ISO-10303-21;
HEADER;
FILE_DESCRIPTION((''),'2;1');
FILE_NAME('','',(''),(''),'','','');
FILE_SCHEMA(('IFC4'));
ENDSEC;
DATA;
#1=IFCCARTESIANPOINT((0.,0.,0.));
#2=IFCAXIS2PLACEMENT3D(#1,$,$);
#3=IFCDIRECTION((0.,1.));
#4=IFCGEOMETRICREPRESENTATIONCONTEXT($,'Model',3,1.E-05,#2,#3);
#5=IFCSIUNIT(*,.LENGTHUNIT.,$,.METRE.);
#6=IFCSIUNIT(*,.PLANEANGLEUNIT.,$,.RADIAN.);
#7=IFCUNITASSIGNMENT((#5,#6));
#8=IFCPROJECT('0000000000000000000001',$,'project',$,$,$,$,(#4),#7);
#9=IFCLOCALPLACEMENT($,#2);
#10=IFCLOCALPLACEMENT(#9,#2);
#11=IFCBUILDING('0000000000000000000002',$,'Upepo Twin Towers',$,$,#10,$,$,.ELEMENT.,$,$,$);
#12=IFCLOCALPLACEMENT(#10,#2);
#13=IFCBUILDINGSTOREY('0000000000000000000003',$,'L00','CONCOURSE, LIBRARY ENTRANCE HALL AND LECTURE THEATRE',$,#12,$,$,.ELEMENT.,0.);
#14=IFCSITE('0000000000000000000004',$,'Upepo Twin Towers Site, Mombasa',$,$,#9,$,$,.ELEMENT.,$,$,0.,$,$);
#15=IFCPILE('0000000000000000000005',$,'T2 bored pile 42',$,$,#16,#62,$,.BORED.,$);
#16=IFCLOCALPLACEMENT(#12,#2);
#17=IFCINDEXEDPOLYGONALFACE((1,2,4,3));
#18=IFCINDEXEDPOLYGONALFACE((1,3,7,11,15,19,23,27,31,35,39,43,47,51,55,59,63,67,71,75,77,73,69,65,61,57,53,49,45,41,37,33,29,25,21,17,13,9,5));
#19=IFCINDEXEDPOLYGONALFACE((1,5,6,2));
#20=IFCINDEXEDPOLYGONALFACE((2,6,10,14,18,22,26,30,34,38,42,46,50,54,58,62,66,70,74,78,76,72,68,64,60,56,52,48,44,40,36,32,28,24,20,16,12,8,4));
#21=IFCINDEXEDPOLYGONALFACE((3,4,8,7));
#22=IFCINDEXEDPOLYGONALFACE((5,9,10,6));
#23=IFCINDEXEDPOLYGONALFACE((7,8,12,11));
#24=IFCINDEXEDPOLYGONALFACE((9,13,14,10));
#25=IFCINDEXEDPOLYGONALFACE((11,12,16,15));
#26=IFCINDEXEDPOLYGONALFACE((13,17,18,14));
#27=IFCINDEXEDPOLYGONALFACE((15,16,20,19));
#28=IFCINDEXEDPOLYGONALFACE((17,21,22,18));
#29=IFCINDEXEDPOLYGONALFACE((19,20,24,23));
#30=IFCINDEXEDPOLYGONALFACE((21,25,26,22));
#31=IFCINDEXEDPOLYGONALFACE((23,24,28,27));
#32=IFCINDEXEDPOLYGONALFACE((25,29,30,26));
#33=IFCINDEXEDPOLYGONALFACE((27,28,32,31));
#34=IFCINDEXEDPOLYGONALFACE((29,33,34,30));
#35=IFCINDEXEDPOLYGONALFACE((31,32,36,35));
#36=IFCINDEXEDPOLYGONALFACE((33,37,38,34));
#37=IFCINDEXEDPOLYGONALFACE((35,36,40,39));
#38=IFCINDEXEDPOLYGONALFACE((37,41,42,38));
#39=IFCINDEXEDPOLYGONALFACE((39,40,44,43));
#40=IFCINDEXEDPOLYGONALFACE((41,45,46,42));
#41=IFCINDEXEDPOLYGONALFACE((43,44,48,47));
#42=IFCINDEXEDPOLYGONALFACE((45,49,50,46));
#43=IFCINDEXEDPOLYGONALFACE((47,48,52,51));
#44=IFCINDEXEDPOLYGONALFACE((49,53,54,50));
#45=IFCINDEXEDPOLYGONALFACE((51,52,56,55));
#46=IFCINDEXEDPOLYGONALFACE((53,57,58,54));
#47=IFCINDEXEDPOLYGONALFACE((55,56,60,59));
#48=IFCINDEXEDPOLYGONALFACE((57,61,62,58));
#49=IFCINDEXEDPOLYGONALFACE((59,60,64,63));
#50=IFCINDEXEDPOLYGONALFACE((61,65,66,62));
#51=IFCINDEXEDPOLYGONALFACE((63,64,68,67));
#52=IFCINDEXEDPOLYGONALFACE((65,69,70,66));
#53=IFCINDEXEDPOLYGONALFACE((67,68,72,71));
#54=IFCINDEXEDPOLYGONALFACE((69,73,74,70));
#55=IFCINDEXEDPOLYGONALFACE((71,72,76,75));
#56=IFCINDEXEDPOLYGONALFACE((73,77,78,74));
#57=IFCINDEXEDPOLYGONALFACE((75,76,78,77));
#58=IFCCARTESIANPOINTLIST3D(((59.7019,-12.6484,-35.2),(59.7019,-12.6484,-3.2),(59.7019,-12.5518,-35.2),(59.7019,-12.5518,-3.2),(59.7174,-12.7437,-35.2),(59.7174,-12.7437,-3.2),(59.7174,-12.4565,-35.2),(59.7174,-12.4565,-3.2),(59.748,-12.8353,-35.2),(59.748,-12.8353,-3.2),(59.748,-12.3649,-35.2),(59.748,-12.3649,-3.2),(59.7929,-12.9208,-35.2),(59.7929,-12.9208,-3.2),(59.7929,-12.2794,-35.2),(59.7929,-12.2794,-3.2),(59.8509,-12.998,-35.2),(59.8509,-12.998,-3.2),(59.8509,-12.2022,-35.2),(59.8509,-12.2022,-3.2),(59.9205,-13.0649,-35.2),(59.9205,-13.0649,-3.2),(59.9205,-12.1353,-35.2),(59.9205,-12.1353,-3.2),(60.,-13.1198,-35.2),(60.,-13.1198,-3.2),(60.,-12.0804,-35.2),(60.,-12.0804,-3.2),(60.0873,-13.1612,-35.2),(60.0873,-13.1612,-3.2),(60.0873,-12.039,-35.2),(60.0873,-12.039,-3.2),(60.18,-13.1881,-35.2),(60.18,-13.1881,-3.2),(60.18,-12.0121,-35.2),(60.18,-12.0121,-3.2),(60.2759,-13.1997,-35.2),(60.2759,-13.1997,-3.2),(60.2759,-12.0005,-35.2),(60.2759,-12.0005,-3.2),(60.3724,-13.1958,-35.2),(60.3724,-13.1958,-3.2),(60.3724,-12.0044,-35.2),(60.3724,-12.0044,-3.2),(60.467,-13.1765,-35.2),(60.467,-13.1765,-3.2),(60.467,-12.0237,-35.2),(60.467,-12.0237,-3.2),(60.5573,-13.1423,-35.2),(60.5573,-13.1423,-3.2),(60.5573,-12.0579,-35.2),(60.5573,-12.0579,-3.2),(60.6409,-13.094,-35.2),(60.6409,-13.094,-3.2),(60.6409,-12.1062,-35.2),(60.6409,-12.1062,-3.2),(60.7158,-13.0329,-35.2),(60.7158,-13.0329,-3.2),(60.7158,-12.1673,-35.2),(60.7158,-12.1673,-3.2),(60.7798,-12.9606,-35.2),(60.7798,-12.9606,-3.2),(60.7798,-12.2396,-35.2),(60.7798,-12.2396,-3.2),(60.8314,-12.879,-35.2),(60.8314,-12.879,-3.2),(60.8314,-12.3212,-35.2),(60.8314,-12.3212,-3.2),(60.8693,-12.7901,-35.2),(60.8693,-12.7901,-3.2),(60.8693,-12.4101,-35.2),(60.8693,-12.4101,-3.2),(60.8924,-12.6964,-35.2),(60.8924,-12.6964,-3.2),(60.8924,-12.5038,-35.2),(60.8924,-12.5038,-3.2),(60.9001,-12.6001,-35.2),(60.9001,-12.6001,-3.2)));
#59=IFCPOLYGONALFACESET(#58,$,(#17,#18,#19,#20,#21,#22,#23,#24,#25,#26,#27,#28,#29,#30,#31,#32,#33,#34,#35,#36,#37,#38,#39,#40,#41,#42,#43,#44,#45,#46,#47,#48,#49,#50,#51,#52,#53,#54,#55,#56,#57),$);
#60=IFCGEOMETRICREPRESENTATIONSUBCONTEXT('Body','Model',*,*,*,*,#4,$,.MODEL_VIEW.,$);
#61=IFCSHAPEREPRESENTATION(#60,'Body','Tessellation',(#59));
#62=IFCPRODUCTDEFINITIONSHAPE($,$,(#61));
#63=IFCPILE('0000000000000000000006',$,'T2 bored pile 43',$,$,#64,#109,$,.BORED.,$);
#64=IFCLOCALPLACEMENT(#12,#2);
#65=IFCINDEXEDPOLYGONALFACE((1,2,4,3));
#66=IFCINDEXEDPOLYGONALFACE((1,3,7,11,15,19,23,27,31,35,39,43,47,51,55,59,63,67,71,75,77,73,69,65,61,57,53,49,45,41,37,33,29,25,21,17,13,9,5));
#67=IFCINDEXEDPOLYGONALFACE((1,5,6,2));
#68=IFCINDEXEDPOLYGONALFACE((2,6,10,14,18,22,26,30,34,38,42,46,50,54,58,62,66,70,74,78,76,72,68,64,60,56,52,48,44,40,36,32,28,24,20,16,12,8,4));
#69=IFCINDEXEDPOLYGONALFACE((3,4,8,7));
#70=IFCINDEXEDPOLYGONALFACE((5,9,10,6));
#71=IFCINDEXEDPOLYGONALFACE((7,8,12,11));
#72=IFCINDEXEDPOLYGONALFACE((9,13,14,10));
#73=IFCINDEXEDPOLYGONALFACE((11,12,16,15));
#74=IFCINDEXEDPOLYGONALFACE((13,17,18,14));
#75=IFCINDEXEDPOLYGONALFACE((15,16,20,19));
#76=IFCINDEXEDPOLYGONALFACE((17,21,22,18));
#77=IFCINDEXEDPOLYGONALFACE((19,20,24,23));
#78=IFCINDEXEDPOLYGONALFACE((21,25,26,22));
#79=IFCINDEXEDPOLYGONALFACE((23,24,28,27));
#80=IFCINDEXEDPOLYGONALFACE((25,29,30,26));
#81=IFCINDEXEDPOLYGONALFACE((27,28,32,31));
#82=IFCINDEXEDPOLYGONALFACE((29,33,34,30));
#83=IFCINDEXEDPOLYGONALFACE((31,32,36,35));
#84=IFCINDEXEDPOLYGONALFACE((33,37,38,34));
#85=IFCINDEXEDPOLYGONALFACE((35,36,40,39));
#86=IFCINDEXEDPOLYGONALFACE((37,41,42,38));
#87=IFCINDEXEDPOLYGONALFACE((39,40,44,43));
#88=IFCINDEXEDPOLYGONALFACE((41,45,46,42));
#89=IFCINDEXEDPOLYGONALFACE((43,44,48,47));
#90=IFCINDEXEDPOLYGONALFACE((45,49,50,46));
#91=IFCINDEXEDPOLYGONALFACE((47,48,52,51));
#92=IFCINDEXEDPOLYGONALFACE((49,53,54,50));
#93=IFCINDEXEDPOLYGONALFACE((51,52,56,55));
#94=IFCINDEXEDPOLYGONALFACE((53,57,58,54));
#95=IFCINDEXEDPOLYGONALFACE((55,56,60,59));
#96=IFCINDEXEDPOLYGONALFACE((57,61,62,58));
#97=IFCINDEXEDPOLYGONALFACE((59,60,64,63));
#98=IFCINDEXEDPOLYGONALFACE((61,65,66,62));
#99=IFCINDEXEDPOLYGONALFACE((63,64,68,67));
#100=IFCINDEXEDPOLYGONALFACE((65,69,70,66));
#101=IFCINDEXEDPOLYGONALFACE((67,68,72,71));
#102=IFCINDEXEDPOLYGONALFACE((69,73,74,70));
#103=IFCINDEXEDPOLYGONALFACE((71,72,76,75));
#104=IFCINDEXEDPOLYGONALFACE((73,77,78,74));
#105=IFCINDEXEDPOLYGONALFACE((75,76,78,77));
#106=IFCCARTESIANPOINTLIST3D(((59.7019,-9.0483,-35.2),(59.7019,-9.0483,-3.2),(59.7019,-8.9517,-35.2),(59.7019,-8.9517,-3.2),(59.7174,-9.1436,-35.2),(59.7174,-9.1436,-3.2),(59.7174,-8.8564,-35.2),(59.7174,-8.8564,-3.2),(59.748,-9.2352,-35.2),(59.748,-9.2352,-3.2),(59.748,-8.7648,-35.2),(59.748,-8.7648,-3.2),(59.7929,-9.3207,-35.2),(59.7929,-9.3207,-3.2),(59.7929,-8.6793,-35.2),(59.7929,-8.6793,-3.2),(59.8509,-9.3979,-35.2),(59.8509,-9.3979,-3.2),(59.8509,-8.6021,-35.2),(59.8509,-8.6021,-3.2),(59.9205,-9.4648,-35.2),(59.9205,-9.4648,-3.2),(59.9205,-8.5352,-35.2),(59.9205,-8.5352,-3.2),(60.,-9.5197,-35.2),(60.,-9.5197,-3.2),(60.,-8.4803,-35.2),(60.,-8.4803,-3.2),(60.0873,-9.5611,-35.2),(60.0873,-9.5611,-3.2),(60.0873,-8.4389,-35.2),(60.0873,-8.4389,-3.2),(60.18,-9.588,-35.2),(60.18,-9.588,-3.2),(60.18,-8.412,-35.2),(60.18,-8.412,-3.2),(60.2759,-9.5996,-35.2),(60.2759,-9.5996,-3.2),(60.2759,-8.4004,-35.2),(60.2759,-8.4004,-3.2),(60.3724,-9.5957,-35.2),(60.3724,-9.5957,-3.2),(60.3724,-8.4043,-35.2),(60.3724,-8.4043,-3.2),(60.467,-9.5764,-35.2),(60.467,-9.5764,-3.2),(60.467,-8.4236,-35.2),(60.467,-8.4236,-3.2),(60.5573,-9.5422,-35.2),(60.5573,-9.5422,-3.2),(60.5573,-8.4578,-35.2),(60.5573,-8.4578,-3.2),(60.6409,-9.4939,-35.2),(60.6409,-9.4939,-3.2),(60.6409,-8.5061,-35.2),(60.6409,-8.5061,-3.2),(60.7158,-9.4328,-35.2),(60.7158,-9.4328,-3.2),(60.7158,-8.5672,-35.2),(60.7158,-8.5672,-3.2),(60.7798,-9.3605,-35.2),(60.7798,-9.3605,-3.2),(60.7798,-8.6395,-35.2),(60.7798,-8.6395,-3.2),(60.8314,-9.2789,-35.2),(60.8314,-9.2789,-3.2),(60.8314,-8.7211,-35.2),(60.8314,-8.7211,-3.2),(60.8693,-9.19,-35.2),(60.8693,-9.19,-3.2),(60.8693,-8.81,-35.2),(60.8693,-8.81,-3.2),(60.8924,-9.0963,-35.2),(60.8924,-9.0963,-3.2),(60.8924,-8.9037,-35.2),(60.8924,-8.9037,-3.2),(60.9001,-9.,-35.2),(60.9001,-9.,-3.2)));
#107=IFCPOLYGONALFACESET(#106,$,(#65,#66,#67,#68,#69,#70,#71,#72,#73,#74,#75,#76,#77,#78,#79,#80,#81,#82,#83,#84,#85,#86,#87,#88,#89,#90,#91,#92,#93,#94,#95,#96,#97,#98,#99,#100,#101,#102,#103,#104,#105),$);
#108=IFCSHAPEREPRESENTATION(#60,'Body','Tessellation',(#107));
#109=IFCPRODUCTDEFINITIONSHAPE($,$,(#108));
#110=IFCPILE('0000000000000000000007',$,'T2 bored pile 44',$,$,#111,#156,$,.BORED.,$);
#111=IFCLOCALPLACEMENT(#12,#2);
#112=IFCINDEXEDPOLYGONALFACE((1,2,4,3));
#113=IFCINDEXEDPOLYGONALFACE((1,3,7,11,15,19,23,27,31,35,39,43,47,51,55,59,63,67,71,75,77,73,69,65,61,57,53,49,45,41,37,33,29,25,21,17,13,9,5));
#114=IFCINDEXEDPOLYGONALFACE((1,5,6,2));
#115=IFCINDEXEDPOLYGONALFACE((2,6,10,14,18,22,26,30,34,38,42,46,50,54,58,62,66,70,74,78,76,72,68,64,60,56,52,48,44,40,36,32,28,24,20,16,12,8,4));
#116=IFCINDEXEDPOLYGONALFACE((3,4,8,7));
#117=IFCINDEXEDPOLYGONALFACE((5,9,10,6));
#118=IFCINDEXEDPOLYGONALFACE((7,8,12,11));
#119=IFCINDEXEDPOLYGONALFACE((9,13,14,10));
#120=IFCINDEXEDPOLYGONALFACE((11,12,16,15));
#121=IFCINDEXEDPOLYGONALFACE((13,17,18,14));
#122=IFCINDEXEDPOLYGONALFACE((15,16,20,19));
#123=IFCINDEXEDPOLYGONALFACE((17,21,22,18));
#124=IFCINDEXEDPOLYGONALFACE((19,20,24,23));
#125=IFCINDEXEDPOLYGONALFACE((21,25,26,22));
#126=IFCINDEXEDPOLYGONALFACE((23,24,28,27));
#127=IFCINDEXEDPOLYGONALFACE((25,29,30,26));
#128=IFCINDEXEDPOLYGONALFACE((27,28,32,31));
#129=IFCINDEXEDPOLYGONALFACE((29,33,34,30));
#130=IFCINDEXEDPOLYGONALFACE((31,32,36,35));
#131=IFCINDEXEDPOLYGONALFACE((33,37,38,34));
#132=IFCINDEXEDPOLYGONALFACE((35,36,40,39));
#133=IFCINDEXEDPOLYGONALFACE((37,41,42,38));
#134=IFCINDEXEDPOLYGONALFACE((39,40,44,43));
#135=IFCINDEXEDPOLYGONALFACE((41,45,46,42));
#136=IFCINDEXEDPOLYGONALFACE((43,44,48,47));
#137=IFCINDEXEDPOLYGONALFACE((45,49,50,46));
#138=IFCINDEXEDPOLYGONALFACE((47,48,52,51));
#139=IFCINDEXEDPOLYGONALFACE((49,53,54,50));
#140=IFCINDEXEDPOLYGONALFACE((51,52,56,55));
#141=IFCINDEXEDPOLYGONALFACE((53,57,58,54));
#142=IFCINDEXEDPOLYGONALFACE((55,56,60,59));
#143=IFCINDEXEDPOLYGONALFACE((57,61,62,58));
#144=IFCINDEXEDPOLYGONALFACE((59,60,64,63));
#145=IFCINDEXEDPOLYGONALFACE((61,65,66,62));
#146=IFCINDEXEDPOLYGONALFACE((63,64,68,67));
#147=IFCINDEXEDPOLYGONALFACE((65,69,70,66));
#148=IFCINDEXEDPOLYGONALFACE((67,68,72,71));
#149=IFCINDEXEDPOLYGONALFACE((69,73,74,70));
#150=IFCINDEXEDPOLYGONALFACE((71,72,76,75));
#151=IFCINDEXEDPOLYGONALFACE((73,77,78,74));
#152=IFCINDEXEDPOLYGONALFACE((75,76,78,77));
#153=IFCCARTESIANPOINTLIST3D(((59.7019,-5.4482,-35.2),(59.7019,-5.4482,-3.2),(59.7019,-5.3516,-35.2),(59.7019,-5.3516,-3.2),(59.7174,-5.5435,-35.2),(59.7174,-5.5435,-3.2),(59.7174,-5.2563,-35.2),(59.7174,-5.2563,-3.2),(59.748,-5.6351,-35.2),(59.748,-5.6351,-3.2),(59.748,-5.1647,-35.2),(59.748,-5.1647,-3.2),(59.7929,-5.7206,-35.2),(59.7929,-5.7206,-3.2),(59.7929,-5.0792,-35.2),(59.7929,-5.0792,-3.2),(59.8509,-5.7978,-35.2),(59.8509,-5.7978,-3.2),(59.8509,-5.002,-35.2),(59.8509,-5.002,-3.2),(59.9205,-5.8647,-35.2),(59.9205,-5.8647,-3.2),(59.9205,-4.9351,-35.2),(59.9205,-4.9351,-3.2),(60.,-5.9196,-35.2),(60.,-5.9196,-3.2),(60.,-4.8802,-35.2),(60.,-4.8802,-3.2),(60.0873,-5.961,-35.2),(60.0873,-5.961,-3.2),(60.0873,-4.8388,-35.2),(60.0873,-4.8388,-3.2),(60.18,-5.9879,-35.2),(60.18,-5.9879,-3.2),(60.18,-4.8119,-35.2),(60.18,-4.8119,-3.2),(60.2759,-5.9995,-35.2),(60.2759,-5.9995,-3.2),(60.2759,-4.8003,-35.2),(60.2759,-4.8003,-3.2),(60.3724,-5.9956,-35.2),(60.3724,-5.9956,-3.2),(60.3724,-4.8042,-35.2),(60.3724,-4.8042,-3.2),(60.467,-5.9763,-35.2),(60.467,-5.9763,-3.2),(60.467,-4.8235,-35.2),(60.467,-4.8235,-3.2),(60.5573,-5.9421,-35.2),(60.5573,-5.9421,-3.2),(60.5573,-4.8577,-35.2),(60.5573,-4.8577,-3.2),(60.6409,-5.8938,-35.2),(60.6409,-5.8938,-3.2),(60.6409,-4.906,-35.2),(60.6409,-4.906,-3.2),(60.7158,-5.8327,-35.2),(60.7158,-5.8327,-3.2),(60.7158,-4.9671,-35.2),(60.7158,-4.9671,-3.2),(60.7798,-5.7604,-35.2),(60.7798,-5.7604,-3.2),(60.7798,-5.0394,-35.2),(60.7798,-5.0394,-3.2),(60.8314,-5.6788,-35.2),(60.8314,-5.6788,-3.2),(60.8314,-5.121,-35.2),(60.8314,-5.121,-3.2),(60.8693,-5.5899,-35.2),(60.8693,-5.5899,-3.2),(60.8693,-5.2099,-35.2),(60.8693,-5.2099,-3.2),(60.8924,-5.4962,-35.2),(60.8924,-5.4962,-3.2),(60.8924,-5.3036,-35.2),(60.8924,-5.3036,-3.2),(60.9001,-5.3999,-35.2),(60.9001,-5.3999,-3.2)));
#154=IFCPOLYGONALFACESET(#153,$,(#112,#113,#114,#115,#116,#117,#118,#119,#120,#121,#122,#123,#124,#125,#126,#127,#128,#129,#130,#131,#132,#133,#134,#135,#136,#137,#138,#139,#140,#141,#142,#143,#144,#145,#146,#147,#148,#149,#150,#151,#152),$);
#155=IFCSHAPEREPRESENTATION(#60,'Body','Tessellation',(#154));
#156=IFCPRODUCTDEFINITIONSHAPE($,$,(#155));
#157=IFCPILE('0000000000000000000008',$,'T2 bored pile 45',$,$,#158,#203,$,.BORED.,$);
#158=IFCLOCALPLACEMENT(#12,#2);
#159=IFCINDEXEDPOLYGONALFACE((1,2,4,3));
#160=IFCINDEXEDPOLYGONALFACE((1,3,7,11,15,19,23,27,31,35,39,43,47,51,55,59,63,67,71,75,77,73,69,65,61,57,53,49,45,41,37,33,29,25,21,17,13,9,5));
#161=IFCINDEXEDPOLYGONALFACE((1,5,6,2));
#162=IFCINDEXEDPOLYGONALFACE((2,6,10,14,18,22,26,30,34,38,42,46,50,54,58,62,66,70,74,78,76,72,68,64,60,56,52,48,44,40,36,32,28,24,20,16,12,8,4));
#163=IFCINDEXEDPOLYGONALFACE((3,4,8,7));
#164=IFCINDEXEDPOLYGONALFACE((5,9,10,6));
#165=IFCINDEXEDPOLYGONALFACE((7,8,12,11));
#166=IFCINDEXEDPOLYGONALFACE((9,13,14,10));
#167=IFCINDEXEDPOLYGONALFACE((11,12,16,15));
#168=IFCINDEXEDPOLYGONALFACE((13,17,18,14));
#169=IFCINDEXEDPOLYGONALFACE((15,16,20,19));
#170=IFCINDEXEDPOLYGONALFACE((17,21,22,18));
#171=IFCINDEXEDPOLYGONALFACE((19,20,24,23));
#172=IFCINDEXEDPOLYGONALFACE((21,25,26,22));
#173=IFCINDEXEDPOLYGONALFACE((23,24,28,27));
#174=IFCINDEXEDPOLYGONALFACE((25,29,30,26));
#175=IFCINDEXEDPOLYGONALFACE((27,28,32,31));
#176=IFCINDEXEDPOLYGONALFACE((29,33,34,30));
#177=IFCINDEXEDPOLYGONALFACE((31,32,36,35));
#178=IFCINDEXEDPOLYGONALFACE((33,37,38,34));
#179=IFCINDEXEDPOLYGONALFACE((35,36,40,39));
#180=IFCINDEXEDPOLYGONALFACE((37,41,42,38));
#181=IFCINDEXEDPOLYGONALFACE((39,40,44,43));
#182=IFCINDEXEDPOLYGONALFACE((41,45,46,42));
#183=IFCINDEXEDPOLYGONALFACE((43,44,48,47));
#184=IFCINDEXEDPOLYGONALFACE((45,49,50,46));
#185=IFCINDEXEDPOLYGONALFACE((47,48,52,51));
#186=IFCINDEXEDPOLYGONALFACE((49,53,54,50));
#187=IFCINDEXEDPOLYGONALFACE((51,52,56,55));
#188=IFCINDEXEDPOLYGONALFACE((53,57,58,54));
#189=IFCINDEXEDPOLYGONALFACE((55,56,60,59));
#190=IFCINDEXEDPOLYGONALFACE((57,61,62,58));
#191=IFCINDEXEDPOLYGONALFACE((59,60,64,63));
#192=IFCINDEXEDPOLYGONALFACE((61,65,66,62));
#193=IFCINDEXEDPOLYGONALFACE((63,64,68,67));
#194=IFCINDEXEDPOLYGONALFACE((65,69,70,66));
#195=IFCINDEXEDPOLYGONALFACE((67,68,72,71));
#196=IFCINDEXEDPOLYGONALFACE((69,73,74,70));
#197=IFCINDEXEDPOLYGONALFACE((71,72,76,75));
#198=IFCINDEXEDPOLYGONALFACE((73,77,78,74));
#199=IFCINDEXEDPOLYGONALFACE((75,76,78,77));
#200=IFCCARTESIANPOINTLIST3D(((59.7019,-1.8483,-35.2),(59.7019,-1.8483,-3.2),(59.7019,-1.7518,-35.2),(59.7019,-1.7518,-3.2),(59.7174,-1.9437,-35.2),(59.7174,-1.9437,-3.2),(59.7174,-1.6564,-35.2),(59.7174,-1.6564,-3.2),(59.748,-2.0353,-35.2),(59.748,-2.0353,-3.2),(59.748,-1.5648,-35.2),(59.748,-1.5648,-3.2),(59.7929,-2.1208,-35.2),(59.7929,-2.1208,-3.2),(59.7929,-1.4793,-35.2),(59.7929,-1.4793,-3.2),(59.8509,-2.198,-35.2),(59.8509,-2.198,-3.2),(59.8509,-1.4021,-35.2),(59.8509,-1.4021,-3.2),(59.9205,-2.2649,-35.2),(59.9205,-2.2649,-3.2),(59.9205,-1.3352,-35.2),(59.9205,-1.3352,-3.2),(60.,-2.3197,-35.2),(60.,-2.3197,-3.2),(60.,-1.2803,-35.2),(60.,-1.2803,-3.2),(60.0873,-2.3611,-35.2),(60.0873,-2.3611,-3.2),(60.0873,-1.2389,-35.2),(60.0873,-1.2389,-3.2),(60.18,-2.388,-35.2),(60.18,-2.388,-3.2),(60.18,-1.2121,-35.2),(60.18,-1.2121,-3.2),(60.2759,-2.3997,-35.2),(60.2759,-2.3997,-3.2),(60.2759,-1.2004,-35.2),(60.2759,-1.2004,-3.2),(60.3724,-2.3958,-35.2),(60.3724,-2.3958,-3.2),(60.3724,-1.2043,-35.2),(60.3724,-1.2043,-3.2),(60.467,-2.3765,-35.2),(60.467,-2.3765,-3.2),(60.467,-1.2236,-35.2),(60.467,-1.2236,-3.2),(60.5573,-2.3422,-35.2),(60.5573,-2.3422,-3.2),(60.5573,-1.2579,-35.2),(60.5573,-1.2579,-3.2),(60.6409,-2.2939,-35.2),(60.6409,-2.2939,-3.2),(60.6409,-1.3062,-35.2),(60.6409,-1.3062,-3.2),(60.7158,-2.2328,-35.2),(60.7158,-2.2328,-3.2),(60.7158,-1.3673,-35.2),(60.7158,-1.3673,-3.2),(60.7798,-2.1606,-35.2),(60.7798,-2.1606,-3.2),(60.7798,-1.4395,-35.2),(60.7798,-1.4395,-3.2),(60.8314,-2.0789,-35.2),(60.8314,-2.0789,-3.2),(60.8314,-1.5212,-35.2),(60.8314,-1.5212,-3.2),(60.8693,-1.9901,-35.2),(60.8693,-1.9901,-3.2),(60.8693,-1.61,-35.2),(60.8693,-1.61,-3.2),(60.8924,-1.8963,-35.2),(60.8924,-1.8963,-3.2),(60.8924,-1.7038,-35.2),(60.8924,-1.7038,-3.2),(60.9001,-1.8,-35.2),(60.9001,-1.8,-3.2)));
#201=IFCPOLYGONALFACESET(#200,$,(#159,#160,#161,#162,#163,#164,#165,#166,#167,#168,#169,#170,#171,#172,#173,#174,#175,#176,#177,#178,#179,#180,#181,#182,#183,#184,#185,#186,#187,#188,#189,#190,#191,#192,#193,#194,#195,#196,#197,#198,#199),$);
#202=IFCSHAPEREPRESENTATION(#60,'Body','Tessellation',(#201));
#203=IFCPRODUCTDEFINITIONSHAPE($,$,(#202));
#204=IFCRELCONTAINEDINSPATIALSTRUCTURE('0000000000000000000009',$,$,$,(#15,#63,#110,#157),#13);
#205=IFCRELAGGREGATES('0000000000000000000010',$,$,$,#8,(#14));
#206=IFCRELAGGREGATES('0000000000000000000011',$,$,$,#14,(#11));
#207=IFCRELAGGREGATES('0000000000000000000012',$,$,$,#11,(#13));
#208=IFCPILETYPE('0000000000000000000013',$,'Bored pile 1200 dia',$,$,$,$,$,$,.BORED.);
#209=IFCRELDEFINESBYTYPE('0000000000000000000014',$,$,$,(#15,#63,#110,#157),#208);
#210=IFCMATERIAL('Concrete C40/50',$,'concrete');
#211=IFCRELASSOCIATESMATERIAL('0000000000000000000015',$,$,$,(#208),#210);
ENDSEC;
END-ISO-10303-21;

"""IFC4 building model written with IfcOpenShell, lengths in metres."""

from ifc_helpers import new_model, si_unit, direction, frame, origin, origin_2d, place, context, subcontext, project, spatial, circle, extrude, material, type_object, element, save


model = new_model("IFC4")

# Units and contexts
model_context = context("Model", 3, precision=1e-05, world=origin(), true_north=direction((0.0, 1.0)))
body_context = subcontext(model_context, "Body", "Model", "MODEL_VIEW")
ifc_project = project(units=[si_unit("LENGTHUNIT", "METRE"), si_unit("PLANEANGLEUNIT", "RADIAN")], contexts=[model_context])

# Site, building, storey
site_placement = place(None, origin())
site = spatial("IfcSite", under=ifc_project, at=site_placement, Name="Upepo Twin Towers Site, Mombasa", CompositionType="ELEMENT", RefElevation=0.0)
building_placement = place(site_placement, origin())
building = spatial("IfcBuilding", under=site, at=building_placement, Name="Upepo Twin Towers", CompositionType="ELEMENT")
storey_placement = place(building_placement, origin())
storey = spatial("IfcBuildingStorey", under=building, at=storey_placement, Name="L00", Description="CONCOURSE, LIBRARY ENTRANCE HALL AND LECTURE THEATRE", CompositionType="ELEMENT", Elevation=0.0)

# Piles
ifc_material_1 = material(Name="Concrete C40/50", Category="concrete")
pile_type = type_object("IfcPileType", Name="Bored pile 1200 dia", PredefinedType="BORED", material=ifc_material_1)
for number, where, z_axis, x_axis, name in (
    (1, (60.3, -12.6001, -3.2), (0.0, 0.0, -1.0), (1.0, 0.0, 0.0), "T2 bored pile 42"),
    (2, (60.3, -9.0, -3.2), (0.0, 0.0, -1.0), (1.0, 0.0, 0.0), "T2 bored pile 43"),
    (3, (60.3, -5.3999, -3.2), (0.0, 0.0, -1.0), (1.0, 0.0, 0.0), "T2 bored pile 44"),
    (4, (60.3, -1.8, -3.2), (0.0, 0.0, -1.0), (1.0, 0.0, 0.0), "T2 bored pile 45"),
):
    element("IfcPile", number, at=place(storey_placement, frame(where, z_axis=z_axis, x_axis=x_axis)), inside=storey, type_object=pile_type, Name=name, PredefinedType="BORED", context=body_context, shape_type="SweptSolid", body=[
        extrude(circle(Radius=0.6001, at=origin_2d()), origin(), (0.0, 0.0, 1.0), 32.0),
    ])

save(model, "model.ifc")
